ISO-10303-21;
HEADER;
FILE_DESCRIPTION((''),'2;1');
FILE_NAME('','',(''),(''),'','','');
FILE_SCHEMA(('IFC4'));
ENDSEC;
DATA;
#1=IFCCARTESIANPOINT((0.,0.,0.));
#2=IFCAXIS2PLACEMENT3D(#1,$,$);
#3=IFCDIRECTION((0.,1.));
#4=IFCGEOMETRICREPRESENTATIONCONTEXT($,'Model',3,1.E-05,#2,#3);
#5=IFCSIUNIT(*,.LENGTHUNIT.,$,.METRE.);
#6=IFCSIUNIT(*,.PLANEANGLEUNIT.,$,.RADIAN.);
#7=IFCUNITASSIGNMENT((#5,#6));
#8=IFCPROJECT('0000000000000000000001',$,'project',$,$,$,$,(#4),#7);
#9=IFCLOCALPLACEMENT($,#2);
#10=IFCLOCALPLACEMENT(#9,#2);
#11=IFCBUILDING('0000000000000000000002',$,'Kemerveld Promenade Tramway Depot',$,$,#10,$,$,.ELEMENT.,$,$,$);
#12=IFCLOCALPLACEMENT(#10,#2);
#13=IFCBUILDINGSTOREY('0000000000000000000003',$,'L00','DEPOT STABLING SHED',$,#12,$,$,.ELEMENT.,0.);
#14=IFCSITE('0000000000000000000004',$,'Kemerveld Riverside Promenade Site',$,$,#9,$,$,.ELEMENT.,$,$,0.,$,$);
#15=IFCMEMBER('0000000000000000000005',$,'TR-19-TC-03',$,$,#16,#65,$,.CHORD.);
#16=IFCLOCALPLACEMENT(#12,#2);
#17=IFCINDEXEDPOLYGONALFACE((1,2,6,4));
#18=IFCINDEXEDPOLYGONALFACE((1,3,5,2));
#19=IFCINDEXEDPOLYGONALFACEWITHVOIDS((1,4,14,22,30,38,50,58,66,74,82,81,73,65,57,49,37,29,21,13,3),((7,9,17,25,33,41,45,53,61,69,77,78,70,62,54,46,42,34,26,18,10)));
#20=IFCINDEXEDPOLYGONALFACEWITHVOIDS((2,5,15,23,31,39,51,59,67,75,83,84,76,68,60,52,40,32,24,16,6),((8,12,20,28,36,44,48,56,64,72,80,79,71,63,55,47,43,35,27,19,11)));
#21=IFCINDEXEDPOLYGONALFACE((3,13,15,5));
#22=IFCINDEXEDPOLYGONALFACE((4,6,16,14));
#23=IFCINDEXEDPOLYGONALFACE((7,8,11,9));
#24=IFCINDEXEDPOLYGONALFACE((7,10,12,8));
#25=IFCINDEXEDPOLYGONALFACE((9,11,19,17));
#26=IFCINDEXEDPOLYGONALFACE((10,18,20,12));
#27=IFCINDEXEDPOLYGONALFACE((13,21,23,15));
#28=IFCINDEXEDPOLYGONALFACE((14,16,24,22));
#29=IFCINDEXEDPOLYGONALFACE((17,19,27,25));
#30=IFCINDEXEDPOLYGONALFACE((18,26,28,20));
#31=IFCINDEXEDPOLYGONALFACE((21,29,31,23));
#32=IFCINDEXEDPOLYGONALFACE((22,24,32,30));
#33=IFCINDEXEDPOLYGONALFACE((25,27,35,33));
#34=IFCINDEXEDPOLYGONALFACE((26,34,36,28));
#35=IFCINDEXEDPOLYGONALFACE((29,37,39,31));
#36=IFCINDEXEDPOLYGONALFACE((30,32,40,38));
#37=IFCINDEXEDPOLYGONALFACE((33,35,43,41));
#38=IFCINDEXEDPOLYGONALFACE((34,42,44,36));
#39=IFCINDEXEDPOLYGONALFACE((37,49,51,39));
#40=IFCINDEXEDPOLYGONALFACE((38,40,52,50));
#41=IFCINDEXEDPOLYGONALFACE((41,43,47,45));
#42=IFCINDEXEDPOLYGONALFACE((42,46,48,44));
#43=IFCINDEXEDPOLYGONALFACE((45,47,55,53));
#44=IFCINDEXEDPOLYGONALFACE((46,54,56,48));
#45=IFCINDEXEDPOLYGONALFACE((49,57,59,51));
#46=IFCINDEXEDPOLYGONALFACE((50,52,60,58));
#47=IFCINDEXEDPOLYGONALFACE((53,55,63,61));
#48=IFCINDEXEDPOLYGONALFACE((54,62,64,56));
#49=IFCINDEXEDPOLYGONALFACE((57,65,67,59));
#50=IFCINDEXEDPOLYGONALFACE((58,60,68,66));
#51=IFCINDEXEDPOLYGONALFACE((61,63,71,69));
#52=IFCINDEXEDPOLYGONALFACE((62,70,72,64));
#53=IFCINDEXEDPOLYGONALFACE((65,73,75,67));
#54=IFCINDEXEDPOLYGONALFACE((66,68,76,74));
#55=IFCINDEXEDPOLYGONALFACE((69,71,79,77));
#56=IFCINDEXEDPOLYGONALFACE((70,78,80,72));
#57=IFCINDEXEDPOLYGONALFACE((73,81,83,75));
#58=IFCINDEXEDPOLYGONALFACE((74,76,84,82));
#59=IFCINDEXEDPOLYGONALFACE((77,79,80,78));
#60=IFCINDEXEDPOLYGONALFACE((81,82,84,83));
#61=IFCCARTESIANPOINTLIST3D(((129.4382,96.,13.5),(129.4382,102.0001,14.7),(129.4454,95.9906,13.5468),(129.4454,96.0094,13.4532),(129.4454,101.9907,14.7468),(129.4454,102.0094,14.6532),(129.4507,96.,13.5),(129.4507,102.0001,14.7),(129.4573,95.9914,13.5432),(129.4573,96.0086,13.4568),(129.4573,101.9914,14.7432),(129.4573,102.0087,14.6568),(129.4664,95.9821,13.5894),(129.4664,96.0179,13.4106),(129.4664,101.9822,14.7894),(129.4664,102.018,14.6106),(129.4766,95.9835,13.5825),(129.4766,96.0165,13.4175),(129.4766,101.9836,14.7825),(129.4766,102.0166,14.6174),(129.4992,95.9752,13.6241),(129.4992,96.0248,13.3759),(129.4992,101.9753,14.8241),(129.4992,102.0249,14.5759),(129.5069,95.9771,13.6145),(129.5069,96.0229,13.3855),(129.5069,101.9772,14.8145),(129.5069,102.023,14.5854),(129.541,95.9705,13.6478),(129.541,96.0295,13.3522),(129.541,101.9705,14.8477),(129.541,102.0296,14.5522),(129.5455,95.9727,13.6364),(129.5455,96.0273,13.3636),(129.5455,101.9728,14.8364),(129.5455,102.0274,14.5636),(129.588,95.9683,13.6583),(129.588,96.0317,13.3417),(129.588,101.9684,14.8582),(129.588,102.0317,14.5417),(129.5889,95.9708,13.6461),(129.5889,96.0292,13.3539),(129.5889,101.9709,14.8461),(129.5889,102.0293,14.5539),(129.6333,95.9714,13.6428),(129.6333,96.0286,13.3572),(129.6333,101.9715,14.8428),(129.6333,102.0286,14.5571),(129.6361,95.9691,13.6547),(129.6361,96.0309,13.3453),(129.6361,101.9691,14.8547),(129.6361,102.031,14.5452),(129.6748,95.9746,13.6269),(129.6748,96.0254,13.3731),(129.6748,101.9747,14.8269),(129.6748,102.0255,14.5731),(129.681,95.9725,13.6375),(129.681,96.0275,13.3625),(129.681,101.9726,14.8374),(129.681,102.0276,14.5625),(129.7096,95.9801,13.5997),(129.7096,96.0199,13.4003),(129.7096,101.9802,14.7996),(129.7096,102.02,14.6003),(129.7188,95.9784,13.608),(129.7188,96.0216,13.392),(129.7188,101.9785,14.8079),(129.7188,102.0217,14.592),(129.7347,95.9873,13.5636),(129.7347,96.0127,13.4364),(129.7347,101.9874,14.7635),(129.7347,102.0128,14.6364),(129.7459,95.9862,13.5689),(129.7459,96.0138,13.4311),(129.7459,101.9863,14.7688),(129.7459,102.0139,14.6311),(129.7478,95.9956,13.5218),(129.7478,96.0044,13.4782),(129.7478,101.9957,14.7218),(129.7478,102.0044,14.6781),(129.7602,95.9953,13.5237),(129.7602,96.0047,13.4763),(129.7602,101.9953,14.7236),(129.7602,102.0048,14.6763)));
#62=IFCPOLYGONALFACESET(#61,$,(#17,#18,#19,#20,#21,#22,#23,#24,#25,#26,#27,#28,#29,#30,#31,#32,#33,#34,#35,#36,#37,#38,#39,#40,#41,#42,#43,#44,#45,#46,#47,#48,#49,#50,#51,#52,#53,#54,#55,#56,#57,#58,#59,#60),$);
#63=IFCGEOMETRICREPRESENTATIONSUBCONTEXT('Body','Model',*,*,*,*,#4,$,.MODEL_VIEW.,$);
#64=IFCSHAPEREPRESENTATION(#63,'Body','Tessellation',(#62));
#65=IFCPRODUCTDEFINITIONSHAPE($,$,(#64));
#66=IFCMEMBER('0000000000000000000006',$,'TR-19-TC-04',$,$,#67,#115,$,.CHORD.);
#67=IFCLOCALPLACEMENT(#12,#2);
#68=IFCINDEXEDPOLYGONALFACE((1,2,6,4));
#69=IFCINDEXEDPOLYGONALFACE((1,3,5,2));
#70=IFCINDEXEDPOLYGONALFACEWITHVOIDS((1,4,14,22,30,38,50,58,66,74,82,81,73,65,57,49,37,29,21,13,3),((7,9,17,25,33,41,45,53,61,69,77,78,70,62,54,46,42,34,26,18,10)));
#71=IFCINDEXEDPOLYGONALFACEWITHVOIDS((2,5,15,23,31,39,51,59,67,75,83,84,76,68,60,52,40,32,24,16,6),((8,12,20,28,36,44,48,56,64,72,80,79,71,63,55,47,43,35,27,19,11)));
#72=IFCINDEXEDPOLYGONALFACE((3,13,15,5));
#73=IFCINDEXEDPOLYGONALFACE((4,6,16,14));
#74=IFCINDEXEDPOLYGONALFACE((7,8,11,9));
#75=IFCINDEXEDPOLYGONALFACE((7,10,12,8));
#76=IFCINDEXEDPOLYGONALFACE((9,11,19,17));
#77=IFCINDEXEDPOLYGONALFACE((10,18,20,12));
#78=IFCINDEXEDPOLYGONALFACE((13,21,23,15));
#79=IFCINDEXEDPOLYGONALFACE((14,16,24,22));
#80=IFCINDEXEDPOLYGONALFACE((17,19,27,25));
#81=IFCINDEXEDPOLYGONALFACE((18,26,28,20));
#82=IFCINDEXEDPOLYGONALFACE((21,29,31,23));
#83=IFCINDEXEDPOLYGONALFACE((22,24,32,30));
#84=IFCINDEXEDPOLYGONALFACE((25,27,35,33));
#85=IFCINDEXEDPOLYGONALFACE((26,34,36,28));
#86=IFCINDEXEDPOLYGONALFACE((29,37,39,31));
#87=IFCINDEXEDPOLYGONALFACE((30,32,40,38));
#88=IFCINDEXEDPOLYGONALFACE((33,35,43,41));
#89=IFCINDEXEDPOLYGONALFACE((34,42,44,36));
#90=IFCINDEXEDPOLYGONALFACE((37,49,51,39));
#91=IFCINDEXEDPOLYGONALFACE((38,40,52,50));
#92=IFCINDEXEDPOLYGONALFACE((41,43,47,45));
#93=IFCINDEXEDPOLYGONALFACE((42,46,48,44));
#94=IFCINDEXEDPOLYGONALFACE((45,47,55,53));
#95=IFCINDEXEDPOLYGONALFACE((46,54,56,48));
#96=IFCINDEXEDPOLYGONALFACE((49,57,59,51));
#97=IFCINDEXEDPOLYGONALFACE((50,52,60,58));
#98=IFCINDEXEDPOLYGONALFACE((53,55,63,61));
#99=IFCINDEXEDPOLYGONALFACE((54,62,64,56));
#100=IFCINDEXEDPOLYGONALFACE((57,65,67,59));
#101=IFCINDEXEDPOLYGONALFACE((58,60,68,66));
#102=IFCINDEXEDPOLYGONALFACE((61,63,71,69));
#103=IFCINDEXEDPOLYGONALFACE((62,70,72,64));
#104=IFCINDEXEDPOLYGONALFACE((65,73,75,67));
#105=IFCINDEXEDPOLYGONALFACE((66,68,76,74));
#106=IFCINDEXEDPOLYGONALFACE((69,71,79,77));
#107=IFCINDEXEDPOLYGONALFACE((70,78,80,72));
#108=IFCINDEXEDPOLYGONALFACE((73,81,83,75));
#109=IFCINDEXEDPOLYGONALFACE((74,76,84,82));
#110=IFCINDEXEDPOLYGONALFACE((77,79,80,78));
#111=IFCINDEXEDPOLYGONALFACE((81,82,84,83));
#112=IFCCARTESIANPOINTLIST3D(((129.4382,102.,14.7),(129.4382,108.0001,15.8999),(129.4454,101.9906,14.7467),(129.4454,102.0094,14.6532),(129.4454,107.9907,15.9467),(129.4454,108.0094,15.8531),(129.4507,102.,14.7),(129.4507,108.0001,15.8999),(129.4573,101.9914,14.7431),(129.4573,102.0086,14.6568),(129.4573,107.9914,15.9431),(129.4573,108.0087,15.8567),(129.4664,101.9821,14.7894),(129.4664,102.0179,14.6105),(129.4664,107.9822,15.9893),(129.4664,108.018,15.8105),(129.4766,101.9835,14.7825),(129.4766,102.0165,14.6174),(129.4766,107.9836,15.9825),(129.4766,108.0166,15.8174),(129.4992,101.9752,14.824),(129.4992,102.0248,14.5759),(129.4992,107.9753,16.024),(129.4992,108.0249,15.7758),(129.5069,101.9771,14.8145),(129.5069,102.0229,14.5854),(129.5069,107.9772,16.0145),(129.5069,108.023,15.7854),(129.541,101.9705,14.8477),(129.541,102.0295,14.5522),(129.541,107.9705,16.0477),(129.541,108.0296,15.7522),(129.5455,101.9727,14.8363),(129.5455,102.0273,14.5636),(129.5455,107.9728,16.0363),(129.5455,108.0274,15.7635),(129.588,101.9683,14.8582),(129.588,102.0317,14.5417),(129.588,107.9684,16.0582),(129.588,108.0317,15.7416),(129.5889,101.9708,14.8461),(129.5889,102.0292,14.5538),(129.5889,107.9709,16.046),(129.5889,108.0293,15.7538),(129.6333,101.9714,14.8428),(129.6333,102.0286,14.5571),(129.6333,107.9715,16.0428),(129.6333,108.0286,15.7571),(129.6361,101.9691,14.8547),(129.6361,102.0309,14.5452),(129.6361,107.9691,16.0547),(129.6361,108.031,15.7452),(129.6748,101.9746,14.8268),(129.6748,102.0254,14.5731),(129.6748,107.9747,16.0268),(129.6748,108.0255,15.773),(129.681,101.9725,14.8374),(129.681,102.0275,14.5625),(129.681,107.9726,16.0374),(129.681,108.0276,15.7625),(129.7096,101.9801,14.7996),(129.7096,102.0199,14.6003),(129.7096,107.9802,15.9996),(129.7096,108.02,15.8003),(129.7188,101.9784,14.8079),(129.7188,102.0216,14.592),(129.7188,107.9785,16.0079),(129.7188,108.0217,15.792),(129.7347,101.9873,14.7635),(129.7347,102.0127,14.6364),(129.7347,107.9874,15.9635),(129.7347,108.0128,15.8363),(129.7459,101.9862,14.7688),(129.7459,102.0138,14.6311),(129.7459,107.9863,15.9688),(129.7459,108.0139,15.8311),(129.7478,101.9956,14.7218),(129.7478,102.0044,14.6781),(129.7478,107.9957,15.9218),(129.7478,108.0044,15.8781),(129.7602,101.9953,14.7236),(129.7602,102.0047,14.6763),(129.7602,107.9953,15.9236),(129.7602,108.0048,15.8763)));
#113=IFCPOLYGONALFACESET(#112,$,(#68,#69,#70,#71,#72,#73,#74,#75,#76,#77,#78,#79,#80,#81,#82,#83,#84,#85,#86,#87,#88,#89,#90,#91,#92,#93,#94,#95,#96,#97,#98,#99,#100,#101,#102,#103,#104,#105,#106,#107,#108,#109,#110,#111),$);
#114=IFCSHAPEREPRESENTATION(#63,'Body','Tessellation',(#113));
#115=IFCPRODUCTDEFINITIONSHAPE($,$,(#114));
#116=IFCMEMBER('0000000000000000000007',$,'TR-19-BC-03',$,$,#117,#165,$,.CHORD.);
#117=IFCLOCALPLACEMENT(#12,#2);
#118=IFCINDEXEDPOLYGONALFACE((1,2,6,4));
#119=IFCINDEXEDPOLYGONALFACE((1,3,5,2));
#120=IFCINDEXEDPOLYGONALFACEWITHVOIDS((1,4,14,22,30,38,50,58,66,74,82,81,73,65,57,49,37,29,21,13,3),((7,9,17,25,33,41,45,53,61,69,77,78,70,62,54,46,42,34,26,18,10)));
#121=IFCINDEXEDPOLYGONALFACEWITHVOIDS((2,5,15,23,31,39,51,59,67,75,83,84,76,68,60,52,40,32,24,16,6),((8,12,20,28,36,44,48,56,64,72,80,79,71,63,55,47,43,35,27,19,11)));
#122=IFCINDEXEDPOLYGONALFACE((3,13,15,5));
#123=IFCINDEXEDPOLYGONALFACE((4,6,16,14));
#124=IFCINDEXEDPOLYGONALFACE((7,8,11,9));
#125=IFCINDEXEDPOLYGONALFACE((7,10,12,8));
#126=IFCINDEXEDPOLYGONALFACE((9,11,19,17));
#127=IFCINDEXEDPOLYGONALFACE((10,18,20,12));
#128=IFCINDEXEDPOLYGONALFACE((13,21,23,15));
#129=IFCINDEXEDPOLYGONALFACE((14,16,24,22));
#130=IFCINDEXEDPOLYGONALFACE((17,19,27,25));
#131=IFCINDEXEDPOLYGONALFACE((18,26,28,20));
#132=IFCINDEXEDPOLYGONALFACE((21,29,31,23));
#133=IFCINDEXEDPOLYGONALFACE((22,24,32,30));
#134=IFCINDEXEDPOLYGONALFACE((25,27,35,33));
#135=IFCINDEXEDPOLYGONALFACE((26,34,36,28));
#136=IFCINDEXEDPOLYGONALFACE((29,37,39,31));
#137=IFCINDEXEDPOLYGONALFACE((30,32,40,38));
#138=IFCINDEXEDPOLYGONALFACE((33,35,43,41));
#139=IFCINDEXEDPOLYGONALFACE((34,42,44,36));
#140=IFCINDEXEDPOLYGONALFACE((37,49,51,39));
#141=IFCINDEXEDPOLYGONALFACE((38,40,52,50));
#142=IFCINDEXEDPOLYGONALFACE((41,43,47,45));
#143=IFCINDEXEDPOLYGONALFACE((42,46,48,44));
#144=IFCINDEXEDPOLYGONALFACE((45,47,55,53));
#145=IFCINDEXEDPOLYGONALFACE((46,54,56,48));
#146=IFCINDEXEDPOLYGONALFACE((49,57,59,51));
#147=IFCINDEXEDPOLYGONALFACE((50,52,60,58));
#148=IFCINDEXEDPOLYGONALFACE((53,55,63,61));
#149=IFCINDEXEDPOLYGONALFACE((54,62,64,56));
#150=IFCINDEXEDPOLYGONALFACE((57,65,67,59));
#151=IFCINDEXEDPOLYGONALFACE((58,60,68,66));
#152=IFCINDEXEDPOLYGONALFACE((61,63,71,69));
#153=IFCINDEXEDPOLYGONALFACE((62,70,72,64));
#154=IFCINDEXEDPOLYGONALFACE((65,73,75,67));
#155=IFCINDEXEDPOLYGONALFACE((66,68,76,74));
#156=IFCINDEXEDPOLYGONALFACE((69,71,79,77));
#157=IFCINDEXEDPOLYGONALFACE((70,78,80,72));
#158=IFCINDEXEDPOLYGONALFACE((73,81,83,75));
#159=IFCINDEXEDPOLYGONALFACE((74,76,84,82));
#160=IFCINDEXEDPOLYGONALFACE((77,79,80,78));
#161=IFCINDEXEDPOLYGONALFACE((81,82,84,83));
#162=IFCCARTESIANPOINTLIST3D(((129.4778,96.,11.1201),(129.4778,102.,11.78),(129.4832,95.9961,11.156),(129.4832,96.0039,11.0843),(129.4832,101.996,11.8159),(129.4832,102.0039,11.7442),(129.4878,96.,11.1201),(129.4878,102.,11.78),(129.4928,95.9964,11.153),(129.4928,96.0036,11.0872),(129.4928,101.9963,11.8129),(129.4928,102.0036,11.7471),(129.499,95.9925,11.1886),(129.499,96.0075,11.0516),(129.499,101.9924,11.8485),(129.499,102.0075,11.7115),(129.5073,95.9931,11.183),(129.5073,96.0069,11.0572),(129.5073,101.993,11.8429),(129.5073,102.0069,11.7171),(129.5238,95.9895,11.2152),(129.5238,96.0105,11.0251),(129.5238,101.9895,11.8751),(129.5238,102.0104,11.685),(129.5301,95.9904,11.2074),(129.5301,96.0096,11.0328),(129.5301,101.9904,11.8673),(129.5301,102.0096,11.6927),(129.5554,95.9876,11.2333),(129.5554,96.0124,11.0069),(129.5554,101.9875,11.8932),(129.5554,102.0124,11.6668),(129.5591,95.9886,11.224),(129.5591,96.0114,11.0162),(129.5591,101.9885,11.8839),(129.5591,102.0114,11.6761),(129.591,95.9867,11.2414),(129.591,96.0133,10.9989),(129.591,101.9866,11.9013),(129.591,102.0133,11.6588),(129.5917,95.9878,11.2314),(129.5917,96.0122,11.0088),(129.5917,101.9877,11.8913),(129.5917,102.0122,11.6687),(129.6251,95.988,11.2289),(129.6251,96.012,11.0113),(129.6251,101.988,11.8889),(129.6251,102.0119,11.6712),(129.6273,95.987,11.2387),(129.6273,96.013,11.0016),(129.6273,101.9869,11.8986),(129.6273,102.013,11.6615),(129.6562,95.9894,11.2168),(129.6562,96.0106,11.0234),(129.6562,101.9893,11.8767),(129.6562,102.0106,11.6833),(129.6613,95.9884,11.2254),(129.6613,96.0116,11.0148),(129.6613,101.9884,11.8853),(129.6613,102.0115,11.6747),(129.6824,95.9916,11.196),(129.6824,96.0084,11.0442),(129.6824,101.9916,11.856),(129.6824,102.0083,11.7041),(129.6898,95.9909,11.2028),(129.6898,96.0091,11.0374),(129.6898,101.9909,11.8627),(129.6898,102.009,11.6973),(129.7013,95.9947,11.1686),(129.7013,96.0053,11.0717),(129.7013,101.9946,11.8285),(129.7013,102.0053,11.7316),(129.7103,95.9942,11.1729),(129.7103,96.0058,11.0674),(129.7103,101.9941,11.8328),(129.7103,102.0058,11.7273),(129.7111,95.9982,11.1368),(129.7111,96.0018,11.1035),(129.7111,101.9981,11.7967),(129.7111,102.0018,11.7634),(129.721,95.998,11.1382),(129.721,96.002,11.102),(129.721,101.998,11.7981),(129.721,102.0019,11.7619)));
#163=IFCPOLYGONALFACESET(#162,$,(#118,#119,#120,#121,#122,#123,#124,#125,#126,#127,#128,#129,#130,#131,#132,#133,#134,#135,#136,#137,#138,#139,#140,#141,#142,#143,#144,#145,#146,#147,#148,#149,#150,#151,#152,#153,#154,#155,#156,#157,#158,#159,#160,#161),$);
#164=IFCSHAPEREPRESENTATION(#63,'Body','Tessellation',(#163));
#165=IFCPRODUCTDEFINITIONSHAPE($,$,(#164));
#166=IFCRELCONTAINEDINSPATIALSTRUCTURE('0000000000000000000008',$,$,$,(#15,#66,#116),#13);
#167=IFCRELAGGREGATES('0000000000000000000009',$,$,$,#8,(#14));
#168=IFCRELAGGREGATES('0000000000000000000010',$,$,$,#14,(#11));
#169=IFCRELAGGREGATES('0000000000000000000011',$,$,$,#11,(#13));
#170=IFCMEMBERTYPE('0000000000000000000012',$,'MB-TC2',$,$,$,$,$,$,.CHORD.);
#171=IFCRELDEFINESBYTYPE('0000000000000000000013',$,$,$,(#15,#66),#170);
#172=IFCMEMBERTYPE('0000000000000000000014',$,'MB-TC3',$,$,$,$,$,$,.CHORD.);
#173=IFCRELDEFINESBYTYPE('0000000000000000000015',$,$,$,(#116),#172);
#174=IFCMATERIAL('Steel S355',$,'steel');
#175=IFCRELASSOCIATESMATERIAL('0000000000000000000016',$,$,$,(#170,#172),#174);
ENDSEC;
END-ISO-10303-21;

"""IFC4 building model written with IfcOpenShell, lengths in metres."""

from ifc_helpers import new_model, si_unit, direction, frame, origin, origin_2d, place, context, subcontext, project, spatial, hollow_circle, extrude, material, material_profile, profile_set, type_object, element, save


model = new_model("IFC4")

# Units and contexts
model_context = context("Model", 3, precision=1e-05, world=origin(), true_north=direction((0.0, 1.0)))
body_context = subcontext(model_context, "Body", "Model", "MODEL_VIEW")
ifc_project = project(units=[si_unit("LENGTHUNIT", "METRE"), si_unit("PLANEANGLEUNIT", "RADIAN")], contexts=[model_context])

# Site, building, storey
site_placement = place(None, origin())
site = spatial("IfcSite", under=ifc_project, at=site_placement, Name="Kemerveld Riverside Promenade Site", CompositionType="ELEMENT", RefElevation=0.0)
building_placement = place(site_placement, origin())
building = spatial("IfcBuilding", under=site, at=building_placement, Name="Kemerveld Promenade Tramway Depot", CompositionType="ELEMENT")
storey_placement = place(building_placement, origin())
storey = spatial("IfcBuildingStorey", under=building, at=storey_placement, Name="L00", Description="DEPOT STABLING SHED", CompositionType="ELEMENT", Elevation=0.0)

# Members
ifc_material_1 = material(Name="Steel S355", Category="steel")
ifc_material_profile_1 = material_profile(ifc_material_1, hollow_circle(Radius=0.1619, WallThickness=0.0125, at=origin_2d()), Name="323.9x12.5 CHS")
ifc_profile_set_1 = profile_set([ifc_material_profile_1], Name="Steel S355")
member_type_1 = type_object("IfcMemberType", Name="MB-TC2", PredefinedType="CHORD", material=ifc_profile_set_1)
for number, where, z_axis, x_axis, name in (
    (1, (129.6001, 96.0, 13.5), (0.0, 0.980582, 0.196108), (-1.0, 0.0, 0.0), "TR-19-TC-03"),
    (2, (129.6001, 102.0, 14.7), (0.0, 0.980582, 0.196108), (-1.0, 0.0, 0.0), "TR-19-TC-04"),
):
    element("IfcMember", number, at=place(storey_placement, frame(where, z_axis=z_axis, x_axis=x_axis)), inside=storey, type_object=member_type_1, Name=name, PredefinedType="CHORD", context=body_context, shape_type="SweptSolid", body=[
        extrude(hollow_circle(Radius=0.1619, WallThickness=0.0125, at=origin_2d()), origin(), (0.0, 0.0, 1.0), 6.1189),
    ])
ifc_material_profile_2 = material_profile(ifc_material_1, hollow_circle(Radius=0.1223, WallThickness=0.01, at=origin_2d()), Name="244.5x10.0 CHS")
ifc_profile_set_2 = profile_set([ifc_material_profile_2], Name="Steel S355")
member_type_2 = type_object("IfcMemberType", Name="MB-TC3", PredefinedType="CHORD", material=ifc_profile_set_2)
for number, where, z_axis, x_axis, name in (
    (3, (129.6001, 96.0, 11.1201), (0.0, 0.994006, 0.109326), (-1.0, 0.0, 0.0), "TR-19-BC-03"),
):
    element("IfcMember", number, at=place(storey_placement, frame(where, z_axis=z_axis, x_axis=x_axis)), inside=storey, type_object=member_type_2, Name=name, PredefinedType="CHORD", context=body_context, shape_type="SweptSolid", body=[
        extrude(hollow_circle(Radius=0.1223, WallThickness=0.01, at=origin_2d()), origin(), (0.0, 0.0, 1.0), 6.0361),
    ])

save(model, "model.ifc")
